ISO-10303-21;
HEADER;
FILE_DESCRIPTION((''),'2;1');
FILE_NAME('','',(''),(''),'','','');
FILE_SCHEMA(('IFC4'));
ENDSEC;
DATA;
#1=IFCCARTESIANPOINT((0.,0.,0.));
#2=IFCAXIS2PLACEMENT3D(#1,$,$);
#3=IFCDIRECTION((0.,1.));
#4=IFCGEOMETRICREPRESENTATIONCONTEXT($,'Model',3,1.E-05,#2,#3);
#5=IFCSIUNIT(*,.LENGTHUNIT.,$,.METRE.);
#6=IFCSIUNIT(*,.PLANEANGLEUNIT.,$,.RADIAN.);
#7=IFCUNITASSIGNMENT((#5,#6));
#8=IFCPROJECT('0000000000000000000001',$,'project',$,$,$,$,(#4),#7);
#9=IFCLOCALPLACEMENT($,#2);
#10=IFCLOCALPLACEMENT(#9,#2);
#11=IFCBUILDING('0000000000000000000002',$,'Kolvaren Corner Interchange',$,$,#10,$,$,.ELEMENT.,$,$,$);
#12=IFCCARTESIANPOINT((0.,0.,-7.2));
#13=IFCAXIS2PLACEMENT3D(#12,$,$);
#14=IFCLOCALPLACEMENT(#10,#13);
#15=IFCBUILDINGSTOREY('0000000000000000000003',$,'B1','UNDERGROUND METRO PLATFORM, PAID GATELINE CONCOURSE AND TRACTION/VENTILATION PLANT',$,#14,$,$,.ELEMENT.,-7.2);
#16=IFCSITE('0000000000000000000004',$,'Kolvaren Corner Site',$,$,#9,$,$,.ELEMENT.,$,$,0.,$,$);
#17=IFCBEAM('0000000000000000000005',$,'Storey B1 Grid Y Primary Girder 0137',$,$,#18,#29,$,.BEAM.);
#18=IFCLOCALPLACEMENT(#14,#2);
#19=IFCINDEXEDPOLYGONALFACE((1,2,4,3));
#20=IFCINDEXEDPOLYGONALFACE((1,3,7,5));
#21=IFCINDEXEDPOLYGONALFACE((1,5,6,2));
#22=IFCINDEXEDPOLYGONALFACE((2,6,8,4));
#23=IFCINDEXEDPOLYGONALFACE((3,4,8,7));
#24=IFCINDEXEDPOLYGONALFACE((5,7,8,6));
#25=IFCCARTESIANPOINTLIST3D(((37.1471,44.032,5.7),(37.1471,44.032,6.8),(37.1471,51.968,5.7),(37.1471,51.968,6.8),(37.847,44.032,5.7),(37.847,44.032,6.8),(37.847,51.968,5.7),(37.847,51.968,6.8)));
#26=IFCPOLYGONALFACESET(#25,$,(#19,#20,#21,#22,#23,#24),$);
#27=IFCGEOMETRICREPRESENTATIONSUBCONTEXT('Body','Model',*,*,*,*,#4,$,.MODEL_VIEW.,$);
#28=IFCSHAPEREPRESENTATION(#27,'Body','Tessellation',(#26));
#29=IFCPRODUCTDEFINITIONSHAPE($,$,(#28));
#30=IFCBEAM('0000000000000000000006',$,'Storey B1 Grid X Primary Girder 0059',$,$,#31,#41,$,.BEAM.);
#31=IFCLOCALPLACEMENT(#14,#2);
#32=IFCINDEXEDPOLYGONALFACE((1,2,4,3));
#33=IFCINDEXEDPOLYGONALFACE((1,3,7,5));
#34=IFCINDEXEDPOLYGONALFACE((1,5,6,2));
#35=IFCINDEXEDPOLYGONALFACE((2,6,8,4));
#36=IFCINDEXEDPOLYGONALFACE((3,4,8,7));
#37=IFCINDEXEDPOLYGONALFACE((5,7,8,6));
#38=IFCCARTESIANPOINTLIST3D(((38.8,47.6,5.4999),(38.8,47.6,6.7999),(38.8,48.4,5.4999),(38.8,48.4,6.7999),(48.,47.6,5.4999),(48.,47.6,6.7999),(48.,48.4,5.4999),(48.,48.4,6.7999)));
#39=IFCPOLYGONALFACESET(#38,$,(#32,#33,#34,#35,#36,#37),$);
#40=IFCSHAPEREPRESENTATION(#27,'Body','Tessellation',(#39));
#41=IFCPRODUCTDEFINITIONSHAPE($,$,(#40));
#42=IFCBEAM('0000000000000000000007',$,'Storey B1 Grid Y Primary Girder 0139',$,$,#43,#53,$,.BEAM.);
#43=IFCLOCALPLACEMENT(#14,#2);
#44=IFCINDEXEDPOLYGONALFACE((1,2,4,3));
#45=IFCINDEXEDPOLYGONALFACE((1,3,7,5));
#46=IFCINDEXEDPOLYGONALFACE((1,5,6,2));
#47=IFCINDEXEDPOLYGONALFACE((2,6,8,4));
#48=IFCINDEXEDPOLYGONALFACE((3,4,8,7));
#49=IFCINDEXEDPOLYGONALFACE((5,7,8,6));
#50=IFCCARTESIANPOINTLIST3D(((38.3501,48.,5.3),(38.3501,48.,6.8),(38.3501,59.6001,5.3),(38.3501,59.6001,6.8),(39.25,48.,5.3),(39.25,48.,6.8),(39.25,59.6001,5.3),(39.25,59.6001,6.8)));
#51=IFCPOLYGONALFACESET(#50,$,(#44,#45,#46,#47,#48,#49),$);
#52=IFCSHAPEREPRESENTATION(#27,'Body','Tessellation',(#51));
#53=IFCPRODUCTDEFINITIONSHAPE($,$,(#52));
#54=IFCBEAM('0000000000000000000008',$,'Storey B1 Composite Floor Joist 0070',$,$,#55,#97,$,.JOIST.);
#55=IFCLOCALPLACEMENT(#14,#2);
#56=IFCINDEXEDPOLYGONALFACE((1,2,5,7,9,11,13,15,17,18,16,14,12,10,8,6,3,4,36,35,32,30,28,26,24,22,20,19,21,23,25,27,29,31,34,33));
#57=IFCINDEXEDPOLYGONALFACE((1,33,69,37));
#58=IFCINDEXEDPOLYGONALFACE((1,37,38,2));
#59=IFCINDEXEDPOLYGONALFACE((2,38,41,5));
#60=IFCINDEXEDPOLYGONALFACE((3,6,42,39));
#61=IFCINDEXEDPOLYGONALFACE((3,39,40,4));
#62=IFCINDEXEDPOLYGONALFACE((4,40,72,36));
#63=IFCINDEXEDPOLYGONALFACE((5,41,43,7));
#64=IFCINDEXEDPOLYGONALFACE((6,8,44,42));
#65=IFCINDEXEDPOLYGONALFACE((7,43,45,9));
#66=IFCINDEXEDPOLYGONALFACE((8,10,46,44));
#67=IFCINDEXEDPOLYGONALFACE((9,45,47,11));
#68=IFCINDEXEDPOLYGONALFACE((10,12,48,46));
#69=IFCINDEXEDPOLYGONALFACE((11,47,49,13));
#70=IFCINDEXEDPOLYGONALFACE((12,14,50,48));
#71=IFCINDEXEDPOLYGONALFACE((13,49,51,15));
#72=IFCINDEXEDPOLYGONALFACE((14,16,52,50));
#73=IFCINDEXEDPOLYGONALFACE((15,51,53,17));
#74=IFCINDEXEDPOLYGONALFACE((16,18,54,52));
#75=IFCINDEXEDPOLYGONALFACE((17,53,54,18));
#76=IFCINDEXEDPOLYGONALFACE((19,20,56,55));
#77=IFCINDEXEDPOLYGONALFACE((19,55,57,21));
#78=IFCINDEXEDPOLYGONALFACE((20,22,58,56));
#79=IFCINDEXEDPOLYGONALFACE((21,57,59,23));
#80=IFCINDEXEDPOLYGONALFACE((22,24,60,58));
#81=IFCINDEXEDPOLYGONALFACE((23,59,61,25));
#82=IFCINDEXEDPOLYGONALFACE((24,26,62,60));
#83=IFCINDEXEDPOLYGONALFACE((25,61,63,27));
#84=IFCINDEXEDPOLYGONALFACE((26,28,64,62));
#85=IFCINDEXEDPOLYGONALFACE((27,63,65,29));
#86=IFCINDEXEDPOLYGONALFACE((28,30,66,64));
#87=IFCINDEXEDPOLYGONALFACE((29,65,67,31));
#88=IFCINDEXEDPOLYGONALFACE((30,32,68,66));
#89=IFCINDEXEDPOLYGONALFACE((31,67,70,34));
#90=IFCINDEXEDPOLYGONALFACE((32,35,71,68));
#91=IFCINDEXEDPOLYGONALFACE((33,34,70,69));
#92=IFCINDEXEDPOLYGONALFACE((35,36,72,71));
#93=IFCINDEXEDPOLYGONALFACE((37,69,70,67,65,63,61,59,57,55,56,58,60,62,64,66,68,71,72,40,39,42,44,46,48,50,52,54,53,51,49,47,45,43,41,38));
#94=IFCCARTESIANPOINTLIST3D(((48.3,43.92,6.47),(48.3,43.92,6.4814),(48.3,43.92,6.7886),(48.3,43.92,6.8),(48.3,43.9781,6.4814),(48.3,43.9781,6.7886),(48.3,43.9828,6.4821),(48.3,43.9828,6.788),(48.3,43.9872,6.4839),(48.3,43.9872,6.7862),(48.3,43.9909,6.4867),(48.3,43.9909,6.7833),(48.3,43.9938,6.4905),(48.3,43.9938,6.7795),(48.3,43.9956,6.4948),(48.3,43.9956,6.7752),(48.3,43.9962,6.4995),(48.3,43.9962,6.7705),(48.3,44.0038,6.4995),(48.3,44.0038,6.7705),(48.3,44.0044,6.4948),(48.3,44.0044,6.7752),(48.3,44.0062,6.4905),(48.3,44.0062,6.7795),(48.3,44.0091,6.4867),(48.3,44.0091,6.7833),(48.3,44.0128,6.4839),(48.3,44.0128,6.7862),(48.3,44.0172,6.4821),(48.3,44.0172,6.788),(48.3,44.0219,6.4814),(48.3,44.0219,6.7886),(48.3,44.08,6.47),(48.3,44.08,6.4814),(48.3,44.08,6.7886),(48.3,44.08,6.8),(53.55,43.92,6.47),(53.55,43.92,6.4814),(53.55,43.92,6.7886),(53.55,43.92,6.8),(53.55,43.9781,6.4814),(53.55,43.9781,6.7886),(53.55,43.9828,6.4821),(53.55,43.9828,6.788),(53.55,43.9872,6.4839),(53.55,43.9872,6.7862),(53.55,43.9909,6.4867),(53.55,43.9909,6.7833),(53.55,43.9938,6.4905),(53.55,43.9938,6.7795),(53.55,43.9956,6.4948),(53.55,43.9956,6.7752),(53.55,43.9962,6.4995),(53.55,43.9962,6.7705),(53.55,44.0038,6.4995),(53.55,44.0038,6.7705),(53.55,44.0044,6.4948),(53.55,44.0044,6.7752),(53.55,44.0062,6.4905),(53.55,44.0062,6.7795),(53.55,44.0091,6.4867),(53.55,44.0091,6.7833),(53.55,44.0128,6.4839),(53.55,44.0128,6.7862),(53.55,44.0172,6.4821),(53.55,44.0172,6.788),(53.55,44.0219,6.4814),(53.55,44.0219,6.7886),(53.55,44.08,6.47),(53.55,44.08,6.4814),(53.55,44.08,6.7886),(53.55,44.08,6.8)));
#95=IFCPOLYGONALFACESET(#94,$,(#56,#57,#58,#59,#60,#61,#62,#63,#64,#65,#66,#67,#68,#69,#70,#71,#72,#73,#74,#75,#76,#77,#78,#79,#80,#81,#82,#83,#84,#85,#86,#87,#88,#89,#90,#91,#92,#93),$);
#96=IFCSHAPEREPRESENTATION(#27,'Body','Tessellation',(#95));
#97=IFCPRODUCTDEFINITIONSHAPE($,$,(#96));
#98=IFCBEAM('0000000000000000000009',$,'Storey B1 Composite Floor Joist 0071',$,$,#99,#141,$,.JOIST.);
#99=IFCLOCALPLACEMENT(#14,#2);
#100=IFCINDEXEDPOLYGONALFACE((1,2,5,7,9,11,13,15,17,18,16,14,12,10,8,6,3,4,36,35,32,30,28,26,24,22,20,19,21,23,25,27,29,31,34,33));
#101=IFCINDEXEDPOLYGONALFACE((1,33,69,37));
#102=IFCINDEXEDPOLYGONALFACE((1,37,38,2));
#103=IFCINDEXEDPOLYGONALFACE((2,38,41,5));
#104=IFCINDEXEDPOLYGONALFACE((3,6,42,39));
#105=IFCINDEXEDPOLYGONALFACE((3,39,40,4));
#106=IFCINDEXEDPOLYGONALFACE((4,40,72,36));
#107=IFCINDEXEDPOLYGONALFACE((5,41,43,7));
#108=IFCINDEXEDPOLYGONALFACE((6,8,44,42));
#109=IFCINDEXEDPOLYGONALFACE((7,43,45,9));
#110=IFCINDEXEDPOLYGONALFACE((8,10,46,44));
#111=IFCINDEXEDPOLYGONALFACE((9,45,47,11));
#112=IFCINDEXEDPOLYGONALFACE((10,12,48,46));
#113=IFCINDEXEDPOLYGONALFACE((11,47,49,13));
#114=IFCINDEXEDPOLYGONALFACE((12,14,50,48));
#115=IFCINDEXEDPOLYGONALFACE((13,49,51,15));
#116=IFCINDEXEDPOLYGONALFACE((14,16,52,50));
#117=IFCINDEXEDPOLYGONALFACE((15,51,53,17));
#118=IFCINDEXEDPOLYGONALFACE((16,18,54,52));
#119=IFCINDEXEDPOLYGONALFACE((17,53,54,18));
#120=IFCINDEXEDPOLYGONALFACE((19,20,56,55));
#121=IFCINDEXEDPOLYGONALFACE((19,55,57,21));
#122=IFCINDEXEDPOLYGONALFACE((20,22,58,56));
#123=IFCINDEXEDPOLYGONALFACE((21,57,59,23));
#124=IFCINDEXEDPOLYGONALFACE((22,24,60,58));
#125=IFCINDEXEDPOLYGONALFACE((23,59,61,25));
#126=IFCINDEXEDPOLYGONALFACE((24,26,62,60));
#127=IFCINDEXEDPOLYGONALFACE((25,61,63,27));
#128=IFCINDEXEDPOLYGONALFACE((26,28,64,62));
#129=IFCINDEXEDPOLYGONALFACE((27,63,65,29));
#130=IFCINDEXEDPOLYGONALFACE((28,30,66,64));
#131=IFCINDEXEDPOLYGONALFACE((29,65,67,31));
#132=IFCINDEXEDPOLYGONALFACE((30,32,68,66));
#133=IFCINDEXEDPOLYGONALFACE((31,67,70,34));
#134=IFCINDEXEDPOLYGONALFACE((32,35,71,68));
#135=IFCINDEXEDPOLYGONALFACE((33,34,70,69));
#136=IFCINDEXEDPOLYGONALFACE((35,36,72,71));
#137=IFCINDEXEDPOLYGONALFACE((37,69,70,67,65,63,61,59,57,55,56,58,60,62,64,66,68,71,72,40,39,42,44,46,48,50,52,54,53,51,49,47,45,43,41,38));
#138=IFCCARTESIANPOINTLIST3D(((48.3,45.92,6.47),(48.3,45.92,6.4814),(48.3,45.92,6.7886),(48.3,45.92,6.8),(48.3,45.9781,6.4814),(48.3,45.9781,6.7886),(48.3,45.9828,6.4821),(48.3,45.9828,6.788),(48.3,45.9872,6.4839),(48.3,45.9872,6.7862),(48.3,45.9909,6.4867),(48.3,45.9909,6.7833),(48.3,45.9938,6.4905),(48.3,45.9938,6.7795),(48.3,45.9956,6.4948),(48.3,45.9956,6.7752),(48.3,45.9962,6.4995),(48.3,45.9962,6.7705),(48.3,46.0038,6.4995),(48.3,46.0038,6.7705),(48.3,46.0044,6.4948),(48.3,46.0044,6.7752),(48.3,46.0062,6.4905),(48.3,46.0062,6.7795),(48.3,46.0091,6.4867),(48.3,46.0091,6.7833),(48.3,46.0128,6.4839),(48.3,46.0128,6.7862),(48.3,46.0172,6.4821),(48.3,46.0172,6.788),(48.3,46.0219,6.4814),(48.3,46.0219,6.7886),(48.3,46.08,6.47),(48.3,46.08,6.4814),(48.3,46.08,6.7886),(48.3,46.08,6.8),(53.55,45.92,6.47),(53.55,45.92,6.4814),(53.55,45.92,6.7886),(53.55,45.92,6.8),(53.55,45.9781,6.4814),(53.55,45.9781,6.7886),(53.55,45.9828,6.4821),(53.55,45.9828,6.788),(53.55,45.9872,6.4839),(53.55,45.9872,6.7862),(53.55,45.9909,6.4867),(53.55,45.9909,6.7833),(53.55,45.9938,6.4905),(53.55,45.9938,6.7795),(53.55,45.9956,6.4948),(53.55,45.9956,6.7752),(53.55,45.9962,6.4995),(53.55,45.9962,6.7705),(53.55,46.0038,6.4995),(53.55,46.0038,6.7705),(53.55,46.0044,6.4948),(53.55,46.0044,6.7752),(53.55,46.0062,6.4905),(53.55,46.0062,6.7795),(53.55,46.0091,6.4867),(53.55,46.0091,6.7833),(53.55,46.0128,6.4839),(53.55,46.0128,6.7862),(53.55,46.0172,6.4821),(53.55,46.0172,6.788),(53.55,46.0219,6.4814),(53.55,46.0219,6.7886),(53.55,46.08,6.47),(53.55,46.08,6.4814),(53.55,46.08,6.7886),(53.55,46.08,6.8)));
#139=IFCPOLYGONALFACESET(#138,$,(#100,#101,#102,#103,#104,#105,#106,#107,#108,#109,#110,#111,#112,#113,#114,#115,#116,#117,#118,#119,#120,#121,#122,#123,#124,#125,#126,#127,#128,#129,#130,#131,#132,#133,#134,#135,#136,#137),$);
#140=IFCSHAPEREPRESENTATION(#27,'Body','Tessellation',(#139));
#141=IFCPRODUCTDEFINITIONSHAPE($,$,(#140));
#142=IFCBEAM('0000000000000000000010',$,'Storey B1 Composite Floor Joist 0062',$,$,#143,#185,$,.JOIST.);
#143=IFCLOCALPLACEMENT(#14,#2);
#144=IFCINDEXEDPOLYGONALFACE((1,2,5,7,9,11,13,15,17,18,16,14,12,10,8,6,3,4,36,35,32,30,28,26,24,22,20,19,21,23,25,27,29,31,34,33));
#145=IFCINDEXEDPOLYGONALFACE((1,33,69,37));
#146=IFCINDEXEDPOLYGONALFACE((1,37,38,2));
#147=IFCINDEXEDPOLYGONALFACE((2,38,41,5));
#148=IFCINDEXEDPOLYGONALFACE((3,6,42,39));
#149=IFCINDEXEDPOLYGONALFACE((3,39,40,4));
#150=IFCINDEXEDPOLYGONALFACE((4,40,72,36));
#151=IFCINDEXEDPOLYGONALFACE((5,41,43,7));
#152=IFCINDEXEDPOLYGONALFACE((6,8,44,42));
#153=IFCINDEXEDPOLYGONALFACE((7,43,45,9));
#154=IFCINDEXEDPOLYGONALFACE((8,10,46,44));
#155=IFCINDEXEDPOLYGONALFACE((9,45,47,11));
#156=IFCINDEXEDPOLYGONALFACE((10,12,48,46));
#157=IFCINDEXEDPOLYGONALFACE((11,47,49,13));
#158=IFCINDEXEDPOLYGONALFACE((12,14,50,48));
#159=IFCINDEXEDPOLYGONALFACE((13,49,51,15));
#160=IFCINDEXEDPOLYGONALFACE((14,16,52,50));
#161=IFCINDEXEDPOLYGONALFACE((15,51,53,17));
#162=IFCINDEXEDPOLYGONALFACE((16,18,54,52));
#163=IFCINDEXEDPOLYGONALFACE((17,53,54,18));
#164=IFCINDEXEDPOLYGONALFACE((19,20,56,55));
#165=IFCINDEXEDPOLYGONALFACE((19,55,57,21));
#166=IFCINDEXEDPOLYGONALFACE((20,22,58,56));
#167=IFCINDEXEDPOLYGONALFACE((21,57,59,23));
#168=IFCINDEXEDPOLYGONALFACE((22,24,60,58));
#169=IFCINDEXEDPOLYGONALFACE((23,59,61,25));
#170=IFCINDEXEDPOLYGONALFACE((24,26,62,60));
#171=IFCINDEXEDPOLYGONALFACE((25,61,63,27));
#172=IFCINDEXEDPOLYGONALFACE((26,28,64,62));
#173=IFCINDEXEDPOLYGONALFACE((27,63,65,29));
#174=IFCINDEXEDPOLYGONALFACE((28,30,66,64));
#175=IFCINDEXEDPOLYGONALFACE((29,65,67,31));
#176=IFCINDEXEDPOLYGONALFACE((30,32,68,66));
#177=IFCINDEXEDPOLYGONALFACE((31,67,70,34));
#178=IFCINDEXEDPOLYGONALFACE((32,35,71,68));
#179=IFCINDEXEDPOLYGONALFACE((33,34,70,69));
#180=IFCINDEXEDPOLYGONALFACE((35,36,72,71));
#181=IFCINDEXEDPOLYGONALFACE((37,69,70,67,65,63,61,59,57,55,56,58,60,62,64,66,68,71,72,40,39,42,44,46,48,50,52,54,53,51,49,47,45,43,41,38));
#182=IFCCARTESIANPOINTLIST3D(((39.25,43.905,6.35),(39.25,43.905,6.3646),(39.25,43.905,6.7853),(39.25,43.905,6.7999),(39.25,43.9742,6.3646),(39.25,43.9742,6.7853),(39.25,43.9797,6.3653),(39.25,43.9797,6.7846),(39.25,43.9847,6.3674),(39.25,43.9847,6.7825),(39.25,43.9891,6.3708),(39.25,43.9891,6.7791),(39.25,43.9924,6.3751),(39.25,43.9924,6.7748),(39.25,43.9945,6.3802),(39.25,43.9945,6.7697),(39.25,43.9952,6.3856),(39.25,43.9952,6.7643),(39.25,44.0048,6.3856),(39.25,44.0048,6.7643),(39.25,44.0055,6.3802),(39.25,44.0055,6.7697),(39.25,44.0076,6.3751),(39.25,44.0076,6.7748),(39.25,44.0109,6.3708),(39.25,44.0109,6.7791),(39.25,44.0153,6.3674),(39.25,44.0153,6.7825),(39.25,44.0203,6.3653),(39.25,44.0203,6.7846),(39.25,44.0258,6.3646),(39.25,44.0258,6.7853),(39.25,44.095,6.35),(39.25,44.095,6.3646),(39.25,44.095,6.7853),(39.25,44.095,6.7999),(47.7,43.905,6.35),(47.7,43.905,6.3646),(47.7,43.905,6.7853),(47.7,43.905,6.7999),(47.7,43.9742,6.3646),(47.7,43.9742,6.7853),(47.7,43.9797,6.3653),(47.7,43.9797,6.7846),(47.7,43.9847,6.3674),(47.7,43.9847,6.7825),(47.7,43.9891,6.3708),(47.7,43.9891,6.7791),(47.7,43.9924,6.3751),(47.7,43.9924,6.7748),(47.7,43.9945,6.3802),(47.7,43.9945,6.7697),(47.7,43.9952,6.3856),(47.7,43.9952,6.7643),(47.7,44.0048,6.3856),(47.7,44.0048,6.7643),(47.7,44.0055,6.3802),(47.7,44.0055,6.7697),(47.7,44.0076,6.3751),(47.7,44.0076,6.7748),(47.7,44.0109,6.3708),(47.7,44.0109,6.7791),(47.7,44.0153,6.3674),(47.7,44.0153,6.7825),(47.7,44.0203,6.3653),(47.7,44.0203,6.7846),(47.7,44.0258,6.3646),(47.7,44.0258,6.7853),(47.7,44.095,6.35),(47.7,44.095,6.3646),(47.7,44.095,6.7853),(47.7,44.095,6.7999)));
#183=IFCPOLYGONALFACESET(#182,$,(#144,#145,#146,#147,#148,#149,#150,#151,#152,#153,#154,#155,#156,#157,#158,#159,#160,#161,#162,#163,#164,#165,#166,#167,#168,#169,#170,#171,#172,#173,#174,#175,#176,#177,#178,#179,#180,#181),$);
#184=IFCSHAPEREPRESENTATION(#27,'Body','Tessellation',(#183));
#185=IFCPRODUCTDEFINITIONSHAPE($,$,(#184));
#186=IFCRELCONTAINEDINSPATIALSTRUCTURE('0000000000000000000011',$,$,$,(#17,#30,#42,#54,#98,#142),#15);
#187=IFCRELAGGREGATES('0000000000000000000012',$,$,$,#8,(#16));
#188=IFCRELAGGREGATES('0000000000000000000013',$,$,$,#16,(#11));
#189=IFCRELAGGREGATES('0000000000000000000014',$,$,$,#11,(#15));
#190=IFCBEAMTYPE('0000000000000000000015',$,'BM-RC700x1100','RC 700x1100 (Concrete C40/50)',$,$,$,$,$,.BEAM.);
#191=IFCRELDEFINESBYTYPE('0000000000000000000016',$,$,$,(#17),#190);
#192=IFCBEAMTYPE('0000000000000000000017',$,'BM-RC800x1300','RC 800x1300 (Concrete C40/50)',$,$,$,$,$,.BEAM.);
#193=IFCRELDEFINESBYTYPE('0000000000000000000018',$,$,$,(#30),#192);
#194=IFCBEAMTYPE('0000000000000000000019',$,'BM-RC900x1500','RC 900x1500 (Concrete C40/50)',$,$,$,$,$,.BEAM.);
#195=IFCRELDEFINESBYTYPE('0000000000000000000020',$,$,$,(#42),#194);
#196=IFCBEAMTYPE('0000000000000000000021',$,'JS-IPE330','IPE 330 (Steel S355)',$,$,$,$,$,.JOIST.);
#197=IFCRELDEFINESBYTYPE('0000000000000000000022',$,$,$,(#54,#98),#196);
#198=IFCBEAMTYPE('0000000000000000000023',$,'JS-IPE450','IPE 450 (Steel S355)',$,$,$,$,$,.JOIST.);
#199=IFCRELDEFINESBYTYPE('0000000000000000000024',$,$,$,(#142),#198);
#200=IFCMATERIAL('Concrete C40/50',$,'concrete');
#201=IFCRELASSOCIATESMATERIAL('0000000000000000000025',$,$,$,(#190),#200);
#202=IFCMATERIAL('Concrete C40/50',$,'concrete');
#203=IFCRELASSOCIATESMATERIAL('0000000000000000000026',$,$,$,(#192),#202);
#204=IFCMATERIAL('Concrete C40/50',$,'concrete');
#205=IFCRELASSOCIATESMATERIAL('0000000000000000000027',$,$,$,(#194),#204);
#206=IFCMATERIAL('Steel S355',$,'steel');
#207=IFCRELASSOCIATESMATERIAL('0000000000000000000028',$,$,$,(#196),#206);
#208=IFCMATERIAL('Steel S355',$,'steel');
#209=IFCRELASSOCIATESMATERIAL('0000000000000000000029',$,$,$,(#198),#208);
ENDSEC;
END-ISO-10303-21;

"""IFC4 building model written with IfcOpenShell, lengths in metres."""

from ifc_helpers import new_model, si_unit, direction, frame, origin, origin_2d, place, context, subcontext, project, spatial, rectangle, i_section, extrude, material, material_profile, profile_set, type_object, element, save


model = new_model("IFC4")

# Units and contexts
model_context = context("Model", 3, precision=1e-05, world=origin(), true_north=direction((0.0, 1.0)))
body_context = subcontext(model_context, "Body", "Model", "MODEL_VIEW")
ifc_project = project(units=[si_unit("LENGTHUNIT", "METRE"), si_unit("PLANEANGLEUNIT", "RADIAN")], contexts=[model_context])

# Site, building, storey
site_placement = place(None, origin())
site = spatial("IfcSite", under=ifc_project, at=site_placement, Name="Kolvaren Corner Site", CompositionType="ELEMENT", RefElevation=0.0)
building_placement = place(site_placement, origin())
building = spatial("IfcBuilding", under=site, at=building_placement, Name="Kolvaren Corner Interchange", CompositionType="ELEMENT")
storey_placement = place(building_placement, frame((0.0, 0.0, -7.2)))
storey = spatial("IfcBuildingStorey", under=building, at=storey_placement, Name="B1", Description="UNDERGROUND METRO PLATFORM, PAID GATELINE CONCOURSE AND TRACTION/VENTILATION PLANT", CompositionType="ELEMENT", Elevation=-7.2)

# Beams
ifc_material_1 = material(Name="Concrete C40/50", Category="concrete")
ifc_material_profile_1 = material_profile(ifc_material_1, rectangle(XDim=0.7, YDim=1.1001, at=origin_2d()), Name="RC 700x1100")
ifc_profile_set_1 = profile_set([ifc_material_profile_1], Name="Concrete C40/50")
beam_type_1 = type_object("IfcBeamType", Name="BM-RC700x1100", Description="RC 700x1100 (Concrete C40/50)", PredefinedType="BEAM", material=ifc_profile_set_1)
beam_1_placement = place(storey_placement, frame((37.4971, 44.032, 6.25), z_axis=(0.0, 1.0, 0.0), x_axis=(-1.0, 0.0, 0.0)))
element("IfcBeam", 1, at=beam_1_placement, inside=storey, type_object=beam_type_1, Name="Storey B1 Grid Y Primary Girder 0137", PredefinedType="BEAM", context=body_context, shape_type="SweptSolid", body=[
    extrude(rectangle(XDim=0.7, YDim=1.1001, at=origin_2d()), origin(), (0.0, 0.0, 1.0), 7.936),
])
ifc_material_2 = material(Name="Concrete C40/50", Category="concrete")
ifc_material_profile_2 = material_profile(ifc_material_2, rectangle(XDim=0.8, YDim=1.3, at=origin_2d()), Name="RC 800x1300")
ifc_profile_set_2 = profile_set([ifc_material_profile_2], Name="Concrete C40/50")
beam_type_2 = type_object("IfcBeamType", Name="BM-RC800x1300", Description="RC 800x1300 (Concrete C40/50)", PredefinedType="BEAM", material=ifc_profile_set_2)
beam_2_placement = place(storey_placement, frame((38.8, 48.0, 6.1499), z_axis=(1.0, 0.0, 0.0), x_axis=(0.0, 1.0, 0.0)))
element("IfcBeam", 2, at=beam_2_placement, inside=storey, type_object=beam_type_2, Name="Storey B1 Grid X Primary Girder 0059", PredefinedType="BEAM", context=body_context, shape_type="SweptSolid", body=[
    extrude(rectangle(XDim=0.8, YDim=1.3, at=origin_2d()), origin(), (0.0, 0.0, 1.0), 9.2),
])
ifc_material_3 = material(Name="Concrete C40/50", Category="concrete")
ifc_material_profile_3 = material_profile(ifc_material_3, rectangle(XDim=0.8999, YDim=1.5, at=origin_2d()), Name="RC 900x1500")
ifc_profile_set_3 = profile_set([ifc_material_profile_3], Name="Concrete C40/50")
beam_type_3 = type_object("IfcBeamType", Name="BM-RC900x1500", Description="RC 900x1500 (Concrete C40/50)", PredefinedType="BEAM", material=ifc_profile_set_3)
beam_3_placement = place(storey_placement, frame((38.8, 48.0, 6.05), z_axis=(0.0, 1.0, 0.0), x_axis=(-1.0, 0.0, 0.0)))
element("IfcBeam", 3, at=beam_3_placement, inside=storey, type_object=beam_type_3, Name="Storey B1 Grid Y Primary Girder 0139", PredefinedType="BEAM", context=body_context, shape_type="SweptSolid", body=[
    extrude(rectangle(XDim=0.8999, YDim=1.5, at=origin_2d()), origin(), (0.0, 0.0, 1.0), 11.6001),
])
ifc_material_4 = material(Name="Steel S355", Category="steel")
ifc_material_profile_4 = material_profile(ifc_material_4, i_section(OverallWidth=0.1599, OverallDepth=0.3301, WebThickness=0.0076, FlangeThickness=0.0115, FilletRadius=0.0181, at=origin_2d()), Name="IPE 330")
ifc_profile_set_4 = profile_set([ifc_material_profile_4], Name="Steel S355")
beam_type_4 = type_object("IfcBeamType", Name="JS-IPE330", Description="IPE 330 (Steel S355)", PredefinedType="JOIST", material=ifc_profile_set_4)
for number, where, z_axis, x_axis, name in (
    (4, (48.3, 44.0, 6.635), (1.0, 0.0, 0.0), (0.0, 1.0, 0.0), "Storey B1 Composite Floor Joist 0070"),
    (5, (48.3, 46.0, 6.635), (1.0, 0.0, 0.0), (0.0, 1.0, 0.0), "Storey B1 Composite Floor Joist 0071"),
):
    element("IfcBeam", number, at=place(storey_placement, frame(where, z_axis=z_axis, x_axis=x_axis)), inside=storey, type_object=beam_type_4, Name=name, PredefinedType="JOIST", context=body_context, shape_type="SweptSolid", body=[
        extrude(i_section(OverallWidth=0.1599, OverallDepth=0.3301, WebThickness=0.0076, FlangeThickness=0.0115, FilletRadius=0.0181, at=origin_2d()), origin(), (0.0, 0.0, 1.0), 5.25),
    ])
ifc_material_5 = material(Name="Steel S355", Category="steel")
ifc_material_profile_5 = material_profile(ifc_material_5, i_section(OverallWidth=0.1899, OverallDepth=0.45, WebThickness=0.0095, FlangeThickness=0.0146, FilletRadius=0.021, at=origin_2d()), Name="IPE 450")
ifc_profile_set_5 = profile_set([ifc_material_profile_5], Name="Steel S355")
beam_type_5 = type_object("IfcBeamType", Name="JS-IPE450", Description="IPE 450 (Steel S355)", PredefinedType="JOIST", material=ifc_profile_set_5)
for number, where, z_axis, x_axis, name in (
    (6, (39.25, 44.0, 6.575), (1.0, 0.0, 0.0), (0.0, 1.0, 0.0), "Storey B1 Composite Floor Joist 0062"),
):
    element("IfcBeam", number, at=place(storey_placement, frame(where, z_axis=z_axis, x_axis=x_axis)), inside=storey, type_object=beam_type_5, Name=name, PredefinedType="JOIST", context=body_context, shape_type="SweptSolid", body=[
        extrude(i_section(OverallWidth=0.1899, OverallDepth=0.45, WebThickness=0.0095, FlangeThickness=0.0146, FilletRadius=0.021, at=origin_2d()), origin(), (0.0, 0.0, 1.0), 8.45),
    ])

save(model, "model.ifc")
